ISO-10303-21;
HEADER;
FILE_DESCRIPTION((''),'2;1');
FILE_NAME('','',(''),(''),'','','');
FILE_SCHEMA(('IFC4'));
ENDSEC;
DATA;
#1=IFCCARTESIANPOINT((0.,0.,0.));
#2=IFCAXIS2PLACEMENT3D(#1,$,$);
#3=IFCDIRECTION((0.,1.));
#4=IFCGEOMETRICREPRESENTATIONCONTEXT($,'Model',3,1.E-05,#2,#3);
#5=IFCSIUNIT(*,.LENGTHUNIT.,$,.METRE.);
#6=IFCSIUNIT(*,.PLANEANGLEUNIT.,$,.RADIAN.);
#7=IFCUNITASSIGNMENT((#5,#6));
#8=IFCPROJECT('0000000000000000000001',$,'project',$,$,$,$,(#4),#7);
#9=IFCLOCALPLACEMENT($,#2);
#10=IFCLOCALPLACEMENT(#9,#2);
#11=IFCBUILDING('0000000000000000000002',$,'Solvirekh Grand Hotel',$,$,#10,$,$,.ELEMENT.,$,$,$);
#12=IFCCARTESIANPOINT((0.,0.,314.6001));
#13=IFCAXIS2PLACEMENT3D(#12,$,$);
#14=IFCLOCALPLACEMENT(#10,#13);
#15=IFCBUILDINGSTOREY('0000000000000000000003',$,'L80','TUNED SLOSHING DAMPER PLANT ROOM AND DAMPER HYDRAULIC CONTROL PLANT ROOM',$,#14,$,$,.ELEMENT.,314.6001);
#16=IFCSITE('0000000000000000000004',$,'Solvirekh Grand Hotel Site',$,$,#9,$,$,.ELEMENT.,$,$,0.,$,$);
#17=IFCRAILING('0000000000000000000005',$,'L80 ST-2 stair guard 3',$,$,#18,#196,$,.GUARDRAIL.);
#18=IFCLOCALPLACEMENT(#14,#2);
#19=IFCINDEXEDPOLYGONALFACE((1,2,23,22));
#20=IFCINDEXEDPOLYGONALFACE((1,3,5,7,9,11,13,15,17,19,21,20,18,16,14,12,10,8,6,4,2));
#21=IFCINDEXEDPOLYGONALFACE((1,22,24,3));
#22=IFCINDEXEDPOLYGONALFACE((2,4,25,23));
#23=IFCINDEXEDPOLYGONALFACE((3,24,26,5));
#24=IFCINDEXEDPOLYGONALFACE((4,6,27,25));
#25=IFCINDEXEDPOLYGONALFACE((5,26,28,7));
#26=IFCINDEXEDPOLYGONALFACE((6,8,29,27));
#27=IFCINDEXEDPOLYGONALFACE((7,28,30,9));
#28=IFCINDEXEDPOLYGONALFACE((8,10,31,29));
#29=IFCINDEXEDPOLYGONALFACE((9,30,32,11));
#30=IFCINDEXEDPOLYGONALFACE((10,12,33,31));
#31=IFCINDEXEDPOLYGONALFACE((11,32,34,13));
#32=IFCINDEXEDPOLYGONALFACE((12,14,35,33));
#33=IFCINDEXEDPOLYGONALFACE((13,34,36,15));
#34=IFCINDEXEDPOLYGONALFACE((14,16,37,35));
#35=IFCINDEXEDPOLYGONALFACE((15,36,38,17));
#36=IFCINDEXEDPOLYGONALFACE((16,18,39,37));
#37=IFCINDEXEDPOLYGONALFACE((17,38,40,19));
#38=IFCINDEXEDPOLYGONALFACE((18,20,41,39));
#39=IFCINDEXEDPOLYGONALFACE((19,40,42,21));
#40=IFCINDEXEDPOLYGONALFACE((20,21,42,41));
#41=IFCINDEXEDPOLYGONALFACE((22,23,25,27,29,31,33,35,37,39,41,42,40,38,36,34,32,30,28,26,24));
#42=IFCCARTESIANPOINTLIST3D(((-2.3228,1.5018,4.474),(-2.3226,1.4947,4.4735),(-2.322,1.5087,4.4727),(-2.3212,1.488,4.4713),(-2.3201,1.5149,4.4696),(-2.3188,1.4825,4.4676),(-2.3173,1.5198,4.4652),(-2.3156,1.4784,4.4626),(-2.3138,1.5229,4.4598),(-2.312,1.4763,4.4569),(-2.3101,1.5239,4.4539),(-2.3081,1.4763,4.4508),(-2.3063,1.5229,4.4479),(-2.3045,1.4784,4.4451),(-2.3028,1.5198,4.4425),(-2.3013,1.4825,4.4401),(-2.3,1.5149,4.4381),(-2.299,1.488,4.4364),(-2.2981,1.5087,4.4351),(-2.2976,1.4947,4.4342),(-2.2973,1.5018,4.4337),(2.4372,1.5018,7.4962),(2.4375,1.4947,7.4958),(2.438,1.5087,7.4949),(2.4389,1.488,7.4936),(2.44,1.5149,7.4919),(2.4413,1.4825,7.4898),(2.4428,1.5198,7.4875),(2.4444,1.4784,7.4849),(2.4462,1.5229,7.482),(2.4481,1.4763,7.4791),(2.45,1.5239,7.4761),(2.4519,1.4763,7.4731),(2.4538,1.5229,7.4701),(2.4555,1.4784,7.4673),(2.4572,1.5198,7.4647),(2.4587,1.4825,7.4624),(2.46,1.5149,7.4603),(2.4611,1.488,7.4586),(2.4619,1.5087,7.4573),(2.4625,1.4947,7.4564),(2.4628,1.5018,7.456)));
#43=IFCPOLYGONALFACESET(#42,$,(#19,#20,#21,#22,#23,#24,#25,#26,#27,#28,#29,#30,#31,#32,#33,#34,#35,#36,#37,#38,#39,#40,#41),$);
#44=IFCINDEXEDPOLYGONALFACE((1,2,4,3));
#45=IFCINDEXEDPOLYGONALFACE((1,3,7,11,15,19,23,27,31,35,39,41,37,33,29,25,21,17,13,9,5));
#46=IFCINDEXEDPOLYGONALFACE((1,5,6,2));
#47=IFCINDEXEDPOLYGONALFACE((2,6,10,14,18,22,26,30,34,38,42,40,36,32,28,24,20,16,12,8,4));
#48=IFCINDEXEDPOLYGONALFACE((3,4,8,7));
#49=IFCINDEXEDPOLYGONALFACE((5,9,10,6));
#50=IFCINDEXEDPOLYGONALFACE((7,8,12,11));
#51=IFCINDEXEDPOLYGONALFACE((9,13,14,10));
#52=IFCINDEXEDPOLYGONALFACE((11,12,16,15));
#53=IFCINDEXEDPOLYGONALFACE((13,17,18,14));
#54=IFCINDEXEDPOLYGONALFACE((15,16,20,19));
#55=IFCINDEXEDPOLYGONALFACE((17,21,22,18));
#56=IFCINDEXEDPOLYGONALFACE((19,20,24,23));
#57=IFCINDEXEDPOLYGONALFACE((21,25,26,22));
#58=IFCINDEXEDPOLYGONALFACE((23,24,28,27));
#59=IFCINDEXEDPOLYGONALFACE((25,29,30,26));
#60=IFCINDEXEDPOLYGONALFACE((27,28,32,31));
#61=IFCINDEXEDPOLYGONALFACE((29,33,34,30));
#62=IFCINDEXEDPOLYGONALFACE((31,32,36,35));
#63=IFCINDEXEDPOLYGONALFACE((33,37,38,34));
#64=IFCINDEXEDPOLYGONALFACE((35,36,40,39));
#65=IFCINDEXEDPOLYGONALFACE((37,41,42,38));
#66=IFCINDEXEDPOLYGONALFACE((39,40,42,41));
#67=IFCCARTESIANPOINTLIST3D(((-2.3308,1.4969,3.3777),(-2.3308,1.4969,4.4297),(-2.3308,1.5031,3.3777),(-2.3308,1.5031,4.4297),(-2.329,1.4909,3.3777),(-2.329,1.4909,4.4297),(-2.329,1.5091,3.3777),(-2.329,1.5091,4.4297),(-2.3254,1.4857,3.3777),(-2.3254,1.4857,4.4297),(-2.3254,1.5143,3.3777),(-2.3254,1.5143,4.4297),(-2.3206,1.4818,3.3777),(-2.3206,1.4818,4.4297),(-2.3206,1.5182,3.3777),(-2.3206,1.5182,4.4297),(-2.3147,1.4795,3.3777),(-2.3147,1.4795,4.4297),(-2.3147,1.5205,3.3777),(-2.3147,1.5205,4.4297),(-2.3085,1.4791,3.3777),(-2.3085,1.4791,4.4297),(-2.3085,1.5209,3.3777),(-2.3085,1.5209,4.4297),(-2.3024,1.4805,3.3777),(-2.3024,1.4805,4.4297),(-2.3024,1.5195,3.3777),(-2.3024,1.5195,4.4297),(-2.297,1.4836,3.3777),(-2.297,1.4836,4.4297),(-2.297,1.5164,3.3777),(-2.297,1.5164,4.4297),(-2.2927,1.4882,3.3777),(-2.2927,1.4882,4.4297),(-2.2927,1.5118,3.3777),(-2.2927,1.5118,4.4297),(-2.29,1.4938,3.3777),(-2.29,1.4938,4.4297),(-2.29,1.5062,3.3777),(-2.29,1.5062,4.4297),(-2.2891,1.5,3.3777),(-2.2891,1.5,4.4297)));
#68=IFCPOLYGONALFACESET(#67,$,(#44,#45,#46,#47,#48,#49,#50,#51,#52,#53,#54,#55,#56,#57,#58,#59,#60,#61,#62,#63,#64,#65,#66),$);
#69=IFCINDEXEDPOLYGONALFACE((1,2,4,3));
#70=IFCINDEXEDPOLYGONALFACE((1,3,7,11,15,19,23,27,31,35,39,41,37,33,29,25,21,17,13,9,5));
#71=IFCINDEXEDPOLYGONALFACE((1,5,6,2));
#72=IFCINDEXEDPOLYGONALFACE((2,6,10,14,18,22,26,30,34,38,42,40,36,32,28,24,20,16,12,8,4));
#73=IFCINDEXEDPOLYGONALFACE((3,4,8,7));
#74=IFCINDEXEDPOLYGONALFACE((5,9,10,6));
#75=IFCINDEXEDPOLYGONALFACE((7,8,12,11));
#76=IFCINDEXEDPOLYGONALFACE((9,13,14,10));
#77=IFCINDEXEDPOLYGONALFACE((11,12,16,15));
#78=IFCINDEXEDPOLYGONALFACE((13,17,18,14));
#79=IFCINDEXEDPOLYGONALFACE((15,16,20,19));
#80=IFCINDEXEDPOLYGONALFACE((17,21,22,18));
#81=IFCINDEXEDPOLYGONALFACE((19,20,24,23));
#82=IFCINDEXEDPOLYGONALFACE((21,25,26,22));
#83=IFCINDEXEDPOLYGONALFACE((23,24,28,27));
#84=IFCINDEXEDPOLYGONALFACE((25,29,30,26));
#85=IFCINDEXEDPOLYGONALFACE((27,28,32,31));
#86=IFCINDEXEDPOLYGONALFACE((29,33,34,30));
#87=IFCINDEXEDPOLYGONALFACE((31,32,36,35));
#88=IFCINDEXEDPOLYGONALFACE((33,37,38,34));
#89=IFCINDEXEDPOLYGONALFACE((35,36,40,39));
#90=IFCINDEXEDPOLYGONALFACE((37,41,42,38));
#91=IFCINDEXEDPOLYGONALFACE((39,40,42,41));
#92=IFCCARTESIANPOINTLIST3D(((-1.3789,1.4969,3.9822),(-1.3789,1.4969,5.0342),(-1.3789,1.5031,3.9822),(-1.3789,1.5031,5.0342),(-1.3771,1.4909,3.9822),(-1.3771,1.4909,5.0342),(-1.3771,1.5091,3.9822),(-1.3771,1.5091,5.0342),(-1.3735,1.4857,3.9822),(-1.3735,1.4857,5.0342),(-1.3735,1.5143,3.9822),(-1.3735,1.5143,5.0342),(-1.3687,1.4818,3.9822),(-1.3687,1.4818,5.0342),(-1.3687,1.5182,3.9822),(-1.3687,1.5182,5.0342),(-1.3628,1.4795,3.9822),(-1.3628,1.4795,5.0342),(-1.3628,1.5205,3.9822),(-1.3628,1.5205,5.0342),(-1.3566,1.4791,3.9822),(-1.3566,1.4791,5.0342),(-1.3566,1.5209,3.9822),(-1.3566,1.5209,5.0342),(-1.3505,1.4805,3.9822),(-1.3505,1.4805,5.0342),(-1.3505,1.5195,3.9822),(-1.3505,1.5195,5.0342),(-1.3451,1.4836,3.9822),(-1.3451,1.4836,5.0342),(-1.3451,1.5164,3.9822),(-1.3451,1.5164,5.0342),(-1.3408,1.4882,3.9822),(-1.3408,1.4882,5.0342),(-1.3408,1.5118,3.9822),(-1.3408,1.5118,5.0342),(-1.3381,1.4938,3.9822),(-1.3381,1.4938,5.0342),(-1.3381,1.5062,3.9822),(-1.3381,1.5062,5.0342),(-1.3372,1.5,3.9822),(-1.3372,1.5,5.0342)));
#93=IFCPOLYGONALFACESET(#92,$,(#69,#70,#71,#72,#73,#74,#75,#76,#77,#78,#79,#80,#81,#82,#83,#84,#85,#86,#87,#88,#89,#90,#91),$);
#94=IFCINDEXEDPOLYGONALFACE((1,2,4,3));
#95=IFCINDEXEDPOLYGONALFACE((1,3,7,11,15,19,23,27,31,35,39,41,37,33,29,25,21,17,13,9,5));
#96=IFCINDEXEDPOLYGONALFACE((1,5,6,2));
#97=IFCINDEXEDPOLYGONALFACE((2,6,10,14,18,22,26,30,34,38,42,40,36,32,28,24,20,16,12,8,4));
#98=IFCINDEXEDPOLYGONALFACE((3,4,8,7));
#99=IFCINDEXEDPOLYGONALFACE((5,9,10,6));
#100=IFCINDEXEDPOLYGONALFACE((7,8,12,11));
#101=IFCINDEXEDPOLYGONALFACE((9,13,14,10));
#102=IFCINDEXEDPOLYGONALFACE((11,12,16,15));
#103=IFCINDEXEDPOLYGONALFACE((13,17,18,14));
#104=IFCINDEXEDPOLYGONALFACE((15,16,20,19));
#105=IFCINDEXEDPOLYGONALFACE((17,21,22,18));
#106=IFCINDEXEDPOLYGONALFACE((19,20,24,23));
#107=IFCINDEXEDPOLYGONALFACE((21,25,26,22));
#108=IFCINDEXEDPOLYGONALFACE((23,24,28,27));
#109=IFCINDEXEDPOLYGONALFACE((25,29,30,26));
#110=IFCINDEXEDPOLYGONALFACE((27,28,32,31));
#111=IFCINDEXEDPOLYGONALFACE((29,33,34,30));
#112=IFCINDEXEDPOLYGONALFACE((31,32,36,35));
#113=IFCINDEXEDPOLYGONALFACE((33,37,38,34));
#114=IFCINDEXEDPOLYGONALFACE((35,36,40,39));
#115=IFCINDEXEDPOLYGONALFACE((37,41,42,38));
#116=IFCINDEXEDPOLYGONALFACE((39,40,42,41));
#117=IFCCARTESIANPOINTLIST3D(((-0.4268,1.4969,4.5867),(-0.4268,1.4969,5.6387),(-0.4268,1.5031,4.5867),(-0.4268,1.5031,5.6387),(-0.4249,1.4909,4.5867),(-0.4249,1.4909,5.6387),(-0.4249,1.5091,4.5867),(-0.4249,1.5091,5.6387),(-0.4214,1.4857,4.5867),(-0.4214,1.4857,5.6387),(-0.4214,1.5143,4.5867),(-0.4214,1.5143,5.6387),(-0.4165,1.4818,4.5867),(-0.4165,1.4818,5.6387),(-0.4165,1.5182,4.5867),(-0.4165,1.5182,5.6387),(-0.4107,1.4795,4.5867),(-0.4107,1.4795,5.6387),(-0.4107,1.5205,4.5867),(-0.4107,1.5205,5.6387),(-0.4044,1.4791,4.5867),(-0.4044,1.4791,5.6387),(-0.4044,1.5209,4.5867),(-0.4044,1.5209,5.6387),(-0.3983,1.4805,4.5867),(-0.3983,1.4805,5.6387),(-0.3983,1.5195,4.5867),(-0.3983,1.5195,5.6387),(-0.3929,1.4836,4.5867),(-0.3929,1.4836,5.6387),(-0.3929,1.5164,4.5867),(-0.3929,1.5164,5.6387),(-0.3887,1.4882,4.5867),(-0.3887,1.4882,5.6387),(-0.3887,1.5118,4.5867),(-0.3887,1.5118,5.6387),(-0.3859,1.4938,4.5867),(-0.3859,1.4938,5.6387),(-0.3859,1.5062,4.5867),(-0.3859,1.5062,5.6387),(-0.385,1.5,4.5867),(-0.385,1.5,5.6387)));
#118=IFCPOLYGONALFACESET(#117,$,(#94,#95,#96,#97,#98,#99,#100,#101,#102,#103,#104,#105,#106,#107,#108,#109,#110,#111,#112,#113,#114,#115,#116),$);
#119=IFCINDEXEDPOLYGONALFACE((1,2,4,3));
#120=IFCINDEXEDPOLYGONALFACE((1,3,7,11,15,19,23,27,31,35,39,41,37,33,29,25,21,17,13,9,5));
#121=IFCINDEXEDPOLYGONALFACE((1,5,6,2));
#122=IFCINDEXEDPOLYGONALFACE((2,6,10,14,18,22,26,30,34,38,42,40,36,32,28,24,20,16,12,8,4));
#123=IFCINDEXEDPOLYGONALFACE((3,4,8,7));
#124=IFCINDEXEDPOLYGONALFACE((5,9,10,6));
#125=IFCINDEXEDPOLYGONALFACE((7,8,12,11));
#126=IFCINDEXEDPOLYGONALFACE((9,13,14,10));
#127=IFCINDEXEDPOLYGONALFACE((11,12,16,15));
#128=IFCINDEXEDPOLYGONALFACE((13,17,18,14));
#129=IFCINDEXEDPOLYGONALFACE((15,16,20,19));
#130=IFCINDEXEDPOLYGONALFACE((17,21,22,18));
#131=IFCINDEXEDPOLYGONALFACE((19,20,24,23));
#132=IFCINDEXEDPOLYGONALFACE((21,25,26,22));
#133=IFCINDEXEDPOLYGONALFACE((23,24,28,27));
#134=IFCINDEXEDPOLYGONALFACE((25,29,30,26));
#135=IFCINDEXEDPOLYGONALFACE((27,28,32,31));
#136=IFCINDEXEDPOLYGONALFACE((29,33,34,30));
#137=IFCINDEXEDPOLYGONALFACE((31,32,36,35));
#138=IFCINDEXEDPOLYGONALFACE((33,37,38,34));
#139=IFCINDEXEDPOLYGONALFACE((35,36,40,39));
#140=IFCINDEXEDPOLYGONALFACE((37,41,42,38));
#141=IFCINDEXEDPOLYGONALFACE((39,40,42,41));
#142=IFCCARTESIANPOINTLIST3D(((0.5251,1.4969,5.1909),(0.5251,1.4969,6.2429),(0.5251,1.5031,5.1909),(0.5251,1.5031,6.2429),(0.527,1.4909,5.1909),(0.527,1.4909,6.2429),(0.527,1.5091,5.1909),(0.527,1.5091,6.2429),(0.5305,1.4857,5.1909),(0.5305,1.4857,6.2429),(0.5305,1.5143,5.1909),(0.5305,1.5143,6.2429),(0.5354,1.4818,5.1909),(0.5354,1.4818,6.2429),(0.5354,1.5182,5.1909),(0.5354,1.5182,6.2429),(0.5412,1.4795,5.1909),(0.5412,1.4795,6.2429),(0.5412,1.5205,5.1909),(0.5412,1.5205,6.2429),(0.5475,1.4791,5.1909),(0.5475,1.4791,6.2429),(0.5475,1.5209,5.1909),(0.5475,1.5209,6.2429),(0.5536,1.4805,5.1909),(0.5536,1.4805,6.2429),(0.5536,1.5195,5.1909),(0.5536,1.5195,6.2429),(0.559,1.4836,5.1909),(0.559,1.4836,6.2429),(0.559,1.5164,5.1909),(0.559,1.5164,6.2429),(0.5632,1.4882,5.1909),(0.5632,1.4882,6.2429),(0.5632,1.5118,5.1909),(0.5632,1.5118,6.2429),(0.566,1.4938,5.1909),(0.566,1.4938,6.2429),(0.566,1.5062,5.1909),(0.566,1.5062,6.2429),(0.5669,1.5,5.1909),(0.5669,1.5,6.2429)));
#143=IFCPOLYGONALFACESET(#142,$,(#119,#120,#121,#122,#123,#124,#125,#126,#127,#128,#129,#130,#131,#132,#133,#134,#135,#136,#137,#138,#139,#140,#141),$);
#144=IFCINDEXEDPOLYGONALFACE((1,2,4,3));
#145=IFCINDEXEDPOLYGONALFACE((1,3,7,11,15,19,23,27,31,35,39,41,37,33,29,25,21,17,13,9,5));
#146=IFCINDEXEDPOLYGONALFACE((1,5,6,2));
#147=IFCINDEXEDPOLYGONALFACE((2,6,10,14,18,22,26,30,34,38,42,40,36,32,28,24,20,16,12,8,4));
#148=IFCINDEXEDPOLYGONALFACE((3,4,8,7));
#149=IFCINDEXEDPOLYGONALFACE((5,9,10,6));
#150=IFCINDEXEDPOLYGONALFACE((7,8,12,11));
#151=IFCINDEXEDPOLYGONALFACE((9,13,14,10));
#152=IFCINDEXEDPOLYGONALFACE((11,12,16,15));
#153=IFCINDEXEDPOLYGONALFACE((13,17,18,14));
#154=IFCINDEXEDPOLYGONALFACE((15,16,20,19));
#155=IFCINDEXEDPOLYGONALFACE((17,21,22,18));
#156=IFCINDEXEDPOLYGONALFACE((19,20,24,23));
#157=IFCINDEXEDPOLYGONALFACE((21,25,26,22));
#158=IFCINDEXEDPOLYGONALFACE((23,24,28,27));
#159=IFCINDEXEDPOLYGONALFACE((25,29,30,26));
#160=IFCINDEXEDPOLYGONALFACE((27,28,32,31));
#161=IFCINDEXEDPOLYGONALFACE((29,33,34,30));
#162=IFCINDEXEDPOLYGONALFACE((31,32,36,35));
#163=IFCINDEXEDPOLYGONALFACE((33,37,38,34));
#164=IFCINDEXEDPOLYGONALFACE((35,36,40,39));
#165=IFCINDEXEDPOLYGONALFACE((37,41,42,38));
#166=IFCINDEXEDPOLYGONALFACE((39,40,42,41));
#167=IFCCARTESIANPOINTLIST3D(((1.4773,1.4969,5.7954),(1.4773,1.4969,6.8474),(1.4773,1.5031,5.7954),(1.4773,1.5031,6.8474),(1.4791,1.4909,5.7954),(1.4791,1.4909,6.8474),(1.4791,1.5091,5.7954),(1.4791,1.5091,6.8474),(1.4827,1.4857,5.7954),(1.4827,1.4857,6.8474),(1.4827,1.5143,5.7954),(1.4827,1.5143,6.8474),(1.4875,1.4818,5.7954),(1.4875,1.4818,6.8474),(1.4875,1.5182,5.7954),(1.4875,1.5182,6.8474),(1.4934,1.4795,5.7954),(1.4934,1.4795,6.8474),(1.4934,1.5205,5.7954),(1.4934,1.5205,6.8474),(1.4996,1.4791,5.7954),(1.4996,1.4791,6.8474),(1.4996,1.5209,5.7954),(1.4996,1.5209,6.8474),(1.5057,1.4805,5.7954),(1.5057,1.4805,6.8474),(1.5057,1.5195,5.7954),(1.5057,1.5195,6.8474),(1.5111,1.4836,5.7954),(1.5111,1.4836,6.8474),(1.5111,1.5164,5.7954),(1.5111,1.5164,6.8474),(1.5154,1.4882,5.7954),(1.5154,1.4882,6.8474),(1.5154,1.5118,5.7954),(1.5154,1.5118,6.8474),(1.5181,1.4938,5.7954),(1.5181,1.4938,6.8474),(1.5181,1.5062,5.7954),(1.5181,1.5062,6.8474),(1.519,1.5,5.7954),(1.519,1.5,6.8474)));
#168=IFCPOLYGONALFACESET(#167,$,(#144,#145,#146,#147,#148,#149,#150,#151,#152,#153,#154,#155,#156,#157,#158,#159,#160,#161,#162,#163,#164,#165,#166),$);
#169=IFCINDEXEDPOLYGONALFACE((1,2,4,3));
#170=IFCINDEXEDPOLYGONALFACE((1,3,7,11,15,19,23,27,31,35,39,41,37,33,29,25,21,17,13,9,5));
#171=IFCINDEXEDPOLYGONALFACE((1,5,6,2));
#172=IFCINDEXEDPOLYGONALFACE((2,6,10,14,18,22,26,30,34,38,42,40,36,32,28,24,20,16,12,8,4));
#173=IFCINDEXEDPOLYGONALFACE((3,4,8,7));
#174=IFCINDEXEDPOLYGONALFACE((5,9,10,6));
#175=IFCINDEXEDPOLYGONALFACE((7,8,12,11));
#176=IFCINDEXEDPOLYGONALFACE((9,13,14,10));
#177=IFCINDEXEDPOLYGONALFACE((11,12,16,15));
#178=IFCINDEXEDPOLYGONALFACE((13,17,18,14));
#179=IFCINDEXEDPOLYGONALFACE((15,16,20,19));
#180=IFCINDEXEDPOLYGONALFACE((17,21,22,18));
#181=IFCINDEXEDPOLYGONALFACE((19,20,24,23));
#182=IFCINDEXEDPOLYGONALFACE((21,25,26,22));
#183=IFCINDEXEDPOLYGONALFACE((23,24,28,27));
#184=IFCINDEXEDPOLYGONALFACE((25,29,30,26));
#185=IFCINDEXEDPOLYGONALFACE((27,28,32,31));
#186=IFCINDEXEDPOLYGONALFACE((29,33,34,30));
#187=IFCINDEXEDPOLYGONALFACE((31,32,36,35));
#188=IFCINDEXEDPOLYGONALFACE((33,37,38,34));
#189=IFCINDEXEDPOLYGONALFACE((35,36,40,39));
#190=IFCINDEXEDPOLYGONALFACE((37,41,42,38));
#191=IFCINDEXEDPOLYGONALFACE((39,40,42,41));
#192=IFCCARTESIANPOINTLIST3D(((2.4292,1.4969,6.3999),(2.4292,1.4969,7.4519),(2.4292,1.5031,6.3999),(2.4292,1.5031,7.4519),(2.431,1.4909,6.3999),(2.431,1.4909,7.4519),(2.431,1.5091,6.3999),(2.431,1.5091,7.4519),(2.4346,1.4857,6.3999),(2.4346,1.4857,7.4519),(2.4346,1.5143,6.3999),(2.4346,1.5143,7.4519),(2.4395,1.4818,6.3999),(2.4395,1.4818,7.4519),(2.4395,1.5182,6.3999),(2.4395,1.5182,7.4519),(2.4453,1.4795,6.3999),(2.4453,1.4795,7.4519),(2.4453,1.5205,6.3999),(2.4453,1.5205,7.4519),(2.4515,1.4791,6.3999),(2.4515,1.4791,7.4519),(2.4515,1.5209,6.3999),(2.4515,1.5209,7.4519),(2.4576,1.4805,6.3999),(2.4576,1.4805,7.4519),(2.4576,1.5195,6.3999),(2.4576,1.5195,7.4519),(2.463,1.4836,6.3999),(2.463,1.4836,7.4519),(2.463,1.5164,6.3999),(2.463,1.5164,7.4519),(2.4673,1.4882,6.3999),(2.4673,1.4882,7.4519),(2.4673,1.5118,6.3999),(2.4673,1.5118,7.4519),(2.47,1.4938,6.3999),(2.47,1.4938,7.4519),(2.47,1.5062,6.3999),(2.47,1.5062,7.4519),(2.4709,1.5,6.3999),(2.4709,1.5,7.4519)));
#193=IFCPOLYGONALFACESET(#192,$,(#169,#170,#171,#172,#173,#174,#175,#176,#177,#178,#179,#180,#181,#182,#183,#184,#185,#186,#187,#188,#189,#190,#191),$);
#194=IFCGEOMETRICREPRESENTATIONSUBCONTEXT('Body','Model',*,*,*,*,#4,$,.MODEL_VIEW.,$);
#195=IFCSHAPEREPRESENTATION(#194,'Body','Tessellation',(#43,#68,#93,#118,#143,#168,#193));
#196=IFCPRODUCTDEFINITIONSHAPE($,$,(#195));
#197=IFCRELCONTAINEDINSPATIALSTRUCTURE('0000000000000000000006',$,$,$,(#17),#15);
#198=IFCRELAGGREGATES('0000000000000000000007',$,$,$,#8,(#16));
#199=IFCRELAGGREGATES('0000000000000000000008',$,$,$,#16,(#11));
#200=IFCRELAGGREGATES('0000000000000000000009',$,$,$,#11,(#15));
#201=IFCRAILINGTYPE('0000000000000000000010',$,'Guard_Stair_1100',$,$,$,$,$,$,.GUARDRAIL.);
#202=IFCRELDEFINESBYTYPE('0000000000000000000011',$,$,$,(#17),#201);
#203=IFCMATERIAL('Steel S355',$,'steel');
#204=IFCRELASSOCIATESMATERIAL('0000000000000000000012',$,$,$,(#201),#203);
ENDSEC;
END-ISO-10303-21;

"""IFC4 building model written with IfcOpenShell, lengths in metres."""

from ifc_helpers import new_model, si_unit, direction, frame, origin, origin_2d, place, context, subcontext, project, spatial, circle, extrude, material, type_object, element, save


model = new_model("IFC4")

# Units and contexts
model_context = context("Model", 3, precision=1e-05, world=origin(), true_north=direction((0.0, 1.0)))
body_context = subcontext(model_context, "Body", "Model", "MODEL_VIEW")
ifc_project = project(units=[si_unit("LENGTHUNIT", "METRE"), si_unit("PLANEANGLEUNIT", "RADIAN")], contexts=[model_context])

# Site, building, storey
site_placement = place(None, origin())
site = spatial("IfcSite", under=ifc_project, at=site_placement, Name="Solvirekh Grand Hotel Site", CompositionType="ELEMENT", RefElevation=0.0)
building_placement = place(site_placement, origin())
building = spatial("IfcBuilding", under=site, at=building_placement, Name="Solvirekh Grand Hotel", CompositionType="ELEMENT")
storey_placement = place(building_placement, frame((0.0, 0.0, 314.6001)))
storey = spatial("IfcBuildingStorey", under=building, at=storey_placement, Name="L80", Description="TUNED SLOSHING DAMPER PLANT ROOM AND DAMPER HYDRAULIC CONTROL PLANT ROOM", CompositionType="ELEMENT", Elevation=314.6001)

# Shared definitions
ifc_material_1 = material(Name="Steel S355", Category="steel")

# Railing
railing_type_1 = type_object("IfcRailingType", Name="Guard_Stair_1100", PredefinedType="GUARDRAIL", material=ifc_material_1)
railing_1_placement = place(storey_placement, frame((-2.3101, 1.5, 3.3777)))
element("IfcRailing", 1, at=railing_1_placement, inside=storey, type_object=railing_type_1, Name="L80 ST-2 stair guard 3", PredefinedType="GUARDRAIL", context=body_context, shape_type="SweptSolid", body=[
    extrude(circle(Radius=0.0239, at=origin_2d()), frame((0.0, 0.0, 1.0762), z_axis=(0.844214, 0.0, 0.536007), x_axis=(0.0, 1.0, 0.0)), (0.0, 0.0, 1.0), 5.6384),
    extrude(circle(Radius=0.021, at=origin_2d()), origin(), (0.0, 0.0, 1.0), 1.052),
    extrude(circle(Radius=0.021, at=origin_2d()), frame((0.9519, 0.0, 0.6045)), (0.0, 0.0, 1.0), 1.052),
    extrude(circle(Radius=0.021, at=origin_2d()), frame((1.9041, 0.0, 1.209)), (0.0, 0.0, 1.0), 1.052),
    extrude(circle(Radius=0.021, at=origin_2d()), frame((2.856, 0.0, 1.8132)), (0.0, 0.0, 1.0), 1.052),
    extrude(circle(Radius=0.021, at=origin_2d()), frame((3.8081, 0.0, 2.4177)), (0.0, 0.0, 1.0), 1.052),
    extrude(circle(Radius=0.021, at=origin_2d()), frame((4.76, 0.0, 3.0222)), (0.0, 0.0, 1.0), 1.052),
])

save(model, "model.ifc")
